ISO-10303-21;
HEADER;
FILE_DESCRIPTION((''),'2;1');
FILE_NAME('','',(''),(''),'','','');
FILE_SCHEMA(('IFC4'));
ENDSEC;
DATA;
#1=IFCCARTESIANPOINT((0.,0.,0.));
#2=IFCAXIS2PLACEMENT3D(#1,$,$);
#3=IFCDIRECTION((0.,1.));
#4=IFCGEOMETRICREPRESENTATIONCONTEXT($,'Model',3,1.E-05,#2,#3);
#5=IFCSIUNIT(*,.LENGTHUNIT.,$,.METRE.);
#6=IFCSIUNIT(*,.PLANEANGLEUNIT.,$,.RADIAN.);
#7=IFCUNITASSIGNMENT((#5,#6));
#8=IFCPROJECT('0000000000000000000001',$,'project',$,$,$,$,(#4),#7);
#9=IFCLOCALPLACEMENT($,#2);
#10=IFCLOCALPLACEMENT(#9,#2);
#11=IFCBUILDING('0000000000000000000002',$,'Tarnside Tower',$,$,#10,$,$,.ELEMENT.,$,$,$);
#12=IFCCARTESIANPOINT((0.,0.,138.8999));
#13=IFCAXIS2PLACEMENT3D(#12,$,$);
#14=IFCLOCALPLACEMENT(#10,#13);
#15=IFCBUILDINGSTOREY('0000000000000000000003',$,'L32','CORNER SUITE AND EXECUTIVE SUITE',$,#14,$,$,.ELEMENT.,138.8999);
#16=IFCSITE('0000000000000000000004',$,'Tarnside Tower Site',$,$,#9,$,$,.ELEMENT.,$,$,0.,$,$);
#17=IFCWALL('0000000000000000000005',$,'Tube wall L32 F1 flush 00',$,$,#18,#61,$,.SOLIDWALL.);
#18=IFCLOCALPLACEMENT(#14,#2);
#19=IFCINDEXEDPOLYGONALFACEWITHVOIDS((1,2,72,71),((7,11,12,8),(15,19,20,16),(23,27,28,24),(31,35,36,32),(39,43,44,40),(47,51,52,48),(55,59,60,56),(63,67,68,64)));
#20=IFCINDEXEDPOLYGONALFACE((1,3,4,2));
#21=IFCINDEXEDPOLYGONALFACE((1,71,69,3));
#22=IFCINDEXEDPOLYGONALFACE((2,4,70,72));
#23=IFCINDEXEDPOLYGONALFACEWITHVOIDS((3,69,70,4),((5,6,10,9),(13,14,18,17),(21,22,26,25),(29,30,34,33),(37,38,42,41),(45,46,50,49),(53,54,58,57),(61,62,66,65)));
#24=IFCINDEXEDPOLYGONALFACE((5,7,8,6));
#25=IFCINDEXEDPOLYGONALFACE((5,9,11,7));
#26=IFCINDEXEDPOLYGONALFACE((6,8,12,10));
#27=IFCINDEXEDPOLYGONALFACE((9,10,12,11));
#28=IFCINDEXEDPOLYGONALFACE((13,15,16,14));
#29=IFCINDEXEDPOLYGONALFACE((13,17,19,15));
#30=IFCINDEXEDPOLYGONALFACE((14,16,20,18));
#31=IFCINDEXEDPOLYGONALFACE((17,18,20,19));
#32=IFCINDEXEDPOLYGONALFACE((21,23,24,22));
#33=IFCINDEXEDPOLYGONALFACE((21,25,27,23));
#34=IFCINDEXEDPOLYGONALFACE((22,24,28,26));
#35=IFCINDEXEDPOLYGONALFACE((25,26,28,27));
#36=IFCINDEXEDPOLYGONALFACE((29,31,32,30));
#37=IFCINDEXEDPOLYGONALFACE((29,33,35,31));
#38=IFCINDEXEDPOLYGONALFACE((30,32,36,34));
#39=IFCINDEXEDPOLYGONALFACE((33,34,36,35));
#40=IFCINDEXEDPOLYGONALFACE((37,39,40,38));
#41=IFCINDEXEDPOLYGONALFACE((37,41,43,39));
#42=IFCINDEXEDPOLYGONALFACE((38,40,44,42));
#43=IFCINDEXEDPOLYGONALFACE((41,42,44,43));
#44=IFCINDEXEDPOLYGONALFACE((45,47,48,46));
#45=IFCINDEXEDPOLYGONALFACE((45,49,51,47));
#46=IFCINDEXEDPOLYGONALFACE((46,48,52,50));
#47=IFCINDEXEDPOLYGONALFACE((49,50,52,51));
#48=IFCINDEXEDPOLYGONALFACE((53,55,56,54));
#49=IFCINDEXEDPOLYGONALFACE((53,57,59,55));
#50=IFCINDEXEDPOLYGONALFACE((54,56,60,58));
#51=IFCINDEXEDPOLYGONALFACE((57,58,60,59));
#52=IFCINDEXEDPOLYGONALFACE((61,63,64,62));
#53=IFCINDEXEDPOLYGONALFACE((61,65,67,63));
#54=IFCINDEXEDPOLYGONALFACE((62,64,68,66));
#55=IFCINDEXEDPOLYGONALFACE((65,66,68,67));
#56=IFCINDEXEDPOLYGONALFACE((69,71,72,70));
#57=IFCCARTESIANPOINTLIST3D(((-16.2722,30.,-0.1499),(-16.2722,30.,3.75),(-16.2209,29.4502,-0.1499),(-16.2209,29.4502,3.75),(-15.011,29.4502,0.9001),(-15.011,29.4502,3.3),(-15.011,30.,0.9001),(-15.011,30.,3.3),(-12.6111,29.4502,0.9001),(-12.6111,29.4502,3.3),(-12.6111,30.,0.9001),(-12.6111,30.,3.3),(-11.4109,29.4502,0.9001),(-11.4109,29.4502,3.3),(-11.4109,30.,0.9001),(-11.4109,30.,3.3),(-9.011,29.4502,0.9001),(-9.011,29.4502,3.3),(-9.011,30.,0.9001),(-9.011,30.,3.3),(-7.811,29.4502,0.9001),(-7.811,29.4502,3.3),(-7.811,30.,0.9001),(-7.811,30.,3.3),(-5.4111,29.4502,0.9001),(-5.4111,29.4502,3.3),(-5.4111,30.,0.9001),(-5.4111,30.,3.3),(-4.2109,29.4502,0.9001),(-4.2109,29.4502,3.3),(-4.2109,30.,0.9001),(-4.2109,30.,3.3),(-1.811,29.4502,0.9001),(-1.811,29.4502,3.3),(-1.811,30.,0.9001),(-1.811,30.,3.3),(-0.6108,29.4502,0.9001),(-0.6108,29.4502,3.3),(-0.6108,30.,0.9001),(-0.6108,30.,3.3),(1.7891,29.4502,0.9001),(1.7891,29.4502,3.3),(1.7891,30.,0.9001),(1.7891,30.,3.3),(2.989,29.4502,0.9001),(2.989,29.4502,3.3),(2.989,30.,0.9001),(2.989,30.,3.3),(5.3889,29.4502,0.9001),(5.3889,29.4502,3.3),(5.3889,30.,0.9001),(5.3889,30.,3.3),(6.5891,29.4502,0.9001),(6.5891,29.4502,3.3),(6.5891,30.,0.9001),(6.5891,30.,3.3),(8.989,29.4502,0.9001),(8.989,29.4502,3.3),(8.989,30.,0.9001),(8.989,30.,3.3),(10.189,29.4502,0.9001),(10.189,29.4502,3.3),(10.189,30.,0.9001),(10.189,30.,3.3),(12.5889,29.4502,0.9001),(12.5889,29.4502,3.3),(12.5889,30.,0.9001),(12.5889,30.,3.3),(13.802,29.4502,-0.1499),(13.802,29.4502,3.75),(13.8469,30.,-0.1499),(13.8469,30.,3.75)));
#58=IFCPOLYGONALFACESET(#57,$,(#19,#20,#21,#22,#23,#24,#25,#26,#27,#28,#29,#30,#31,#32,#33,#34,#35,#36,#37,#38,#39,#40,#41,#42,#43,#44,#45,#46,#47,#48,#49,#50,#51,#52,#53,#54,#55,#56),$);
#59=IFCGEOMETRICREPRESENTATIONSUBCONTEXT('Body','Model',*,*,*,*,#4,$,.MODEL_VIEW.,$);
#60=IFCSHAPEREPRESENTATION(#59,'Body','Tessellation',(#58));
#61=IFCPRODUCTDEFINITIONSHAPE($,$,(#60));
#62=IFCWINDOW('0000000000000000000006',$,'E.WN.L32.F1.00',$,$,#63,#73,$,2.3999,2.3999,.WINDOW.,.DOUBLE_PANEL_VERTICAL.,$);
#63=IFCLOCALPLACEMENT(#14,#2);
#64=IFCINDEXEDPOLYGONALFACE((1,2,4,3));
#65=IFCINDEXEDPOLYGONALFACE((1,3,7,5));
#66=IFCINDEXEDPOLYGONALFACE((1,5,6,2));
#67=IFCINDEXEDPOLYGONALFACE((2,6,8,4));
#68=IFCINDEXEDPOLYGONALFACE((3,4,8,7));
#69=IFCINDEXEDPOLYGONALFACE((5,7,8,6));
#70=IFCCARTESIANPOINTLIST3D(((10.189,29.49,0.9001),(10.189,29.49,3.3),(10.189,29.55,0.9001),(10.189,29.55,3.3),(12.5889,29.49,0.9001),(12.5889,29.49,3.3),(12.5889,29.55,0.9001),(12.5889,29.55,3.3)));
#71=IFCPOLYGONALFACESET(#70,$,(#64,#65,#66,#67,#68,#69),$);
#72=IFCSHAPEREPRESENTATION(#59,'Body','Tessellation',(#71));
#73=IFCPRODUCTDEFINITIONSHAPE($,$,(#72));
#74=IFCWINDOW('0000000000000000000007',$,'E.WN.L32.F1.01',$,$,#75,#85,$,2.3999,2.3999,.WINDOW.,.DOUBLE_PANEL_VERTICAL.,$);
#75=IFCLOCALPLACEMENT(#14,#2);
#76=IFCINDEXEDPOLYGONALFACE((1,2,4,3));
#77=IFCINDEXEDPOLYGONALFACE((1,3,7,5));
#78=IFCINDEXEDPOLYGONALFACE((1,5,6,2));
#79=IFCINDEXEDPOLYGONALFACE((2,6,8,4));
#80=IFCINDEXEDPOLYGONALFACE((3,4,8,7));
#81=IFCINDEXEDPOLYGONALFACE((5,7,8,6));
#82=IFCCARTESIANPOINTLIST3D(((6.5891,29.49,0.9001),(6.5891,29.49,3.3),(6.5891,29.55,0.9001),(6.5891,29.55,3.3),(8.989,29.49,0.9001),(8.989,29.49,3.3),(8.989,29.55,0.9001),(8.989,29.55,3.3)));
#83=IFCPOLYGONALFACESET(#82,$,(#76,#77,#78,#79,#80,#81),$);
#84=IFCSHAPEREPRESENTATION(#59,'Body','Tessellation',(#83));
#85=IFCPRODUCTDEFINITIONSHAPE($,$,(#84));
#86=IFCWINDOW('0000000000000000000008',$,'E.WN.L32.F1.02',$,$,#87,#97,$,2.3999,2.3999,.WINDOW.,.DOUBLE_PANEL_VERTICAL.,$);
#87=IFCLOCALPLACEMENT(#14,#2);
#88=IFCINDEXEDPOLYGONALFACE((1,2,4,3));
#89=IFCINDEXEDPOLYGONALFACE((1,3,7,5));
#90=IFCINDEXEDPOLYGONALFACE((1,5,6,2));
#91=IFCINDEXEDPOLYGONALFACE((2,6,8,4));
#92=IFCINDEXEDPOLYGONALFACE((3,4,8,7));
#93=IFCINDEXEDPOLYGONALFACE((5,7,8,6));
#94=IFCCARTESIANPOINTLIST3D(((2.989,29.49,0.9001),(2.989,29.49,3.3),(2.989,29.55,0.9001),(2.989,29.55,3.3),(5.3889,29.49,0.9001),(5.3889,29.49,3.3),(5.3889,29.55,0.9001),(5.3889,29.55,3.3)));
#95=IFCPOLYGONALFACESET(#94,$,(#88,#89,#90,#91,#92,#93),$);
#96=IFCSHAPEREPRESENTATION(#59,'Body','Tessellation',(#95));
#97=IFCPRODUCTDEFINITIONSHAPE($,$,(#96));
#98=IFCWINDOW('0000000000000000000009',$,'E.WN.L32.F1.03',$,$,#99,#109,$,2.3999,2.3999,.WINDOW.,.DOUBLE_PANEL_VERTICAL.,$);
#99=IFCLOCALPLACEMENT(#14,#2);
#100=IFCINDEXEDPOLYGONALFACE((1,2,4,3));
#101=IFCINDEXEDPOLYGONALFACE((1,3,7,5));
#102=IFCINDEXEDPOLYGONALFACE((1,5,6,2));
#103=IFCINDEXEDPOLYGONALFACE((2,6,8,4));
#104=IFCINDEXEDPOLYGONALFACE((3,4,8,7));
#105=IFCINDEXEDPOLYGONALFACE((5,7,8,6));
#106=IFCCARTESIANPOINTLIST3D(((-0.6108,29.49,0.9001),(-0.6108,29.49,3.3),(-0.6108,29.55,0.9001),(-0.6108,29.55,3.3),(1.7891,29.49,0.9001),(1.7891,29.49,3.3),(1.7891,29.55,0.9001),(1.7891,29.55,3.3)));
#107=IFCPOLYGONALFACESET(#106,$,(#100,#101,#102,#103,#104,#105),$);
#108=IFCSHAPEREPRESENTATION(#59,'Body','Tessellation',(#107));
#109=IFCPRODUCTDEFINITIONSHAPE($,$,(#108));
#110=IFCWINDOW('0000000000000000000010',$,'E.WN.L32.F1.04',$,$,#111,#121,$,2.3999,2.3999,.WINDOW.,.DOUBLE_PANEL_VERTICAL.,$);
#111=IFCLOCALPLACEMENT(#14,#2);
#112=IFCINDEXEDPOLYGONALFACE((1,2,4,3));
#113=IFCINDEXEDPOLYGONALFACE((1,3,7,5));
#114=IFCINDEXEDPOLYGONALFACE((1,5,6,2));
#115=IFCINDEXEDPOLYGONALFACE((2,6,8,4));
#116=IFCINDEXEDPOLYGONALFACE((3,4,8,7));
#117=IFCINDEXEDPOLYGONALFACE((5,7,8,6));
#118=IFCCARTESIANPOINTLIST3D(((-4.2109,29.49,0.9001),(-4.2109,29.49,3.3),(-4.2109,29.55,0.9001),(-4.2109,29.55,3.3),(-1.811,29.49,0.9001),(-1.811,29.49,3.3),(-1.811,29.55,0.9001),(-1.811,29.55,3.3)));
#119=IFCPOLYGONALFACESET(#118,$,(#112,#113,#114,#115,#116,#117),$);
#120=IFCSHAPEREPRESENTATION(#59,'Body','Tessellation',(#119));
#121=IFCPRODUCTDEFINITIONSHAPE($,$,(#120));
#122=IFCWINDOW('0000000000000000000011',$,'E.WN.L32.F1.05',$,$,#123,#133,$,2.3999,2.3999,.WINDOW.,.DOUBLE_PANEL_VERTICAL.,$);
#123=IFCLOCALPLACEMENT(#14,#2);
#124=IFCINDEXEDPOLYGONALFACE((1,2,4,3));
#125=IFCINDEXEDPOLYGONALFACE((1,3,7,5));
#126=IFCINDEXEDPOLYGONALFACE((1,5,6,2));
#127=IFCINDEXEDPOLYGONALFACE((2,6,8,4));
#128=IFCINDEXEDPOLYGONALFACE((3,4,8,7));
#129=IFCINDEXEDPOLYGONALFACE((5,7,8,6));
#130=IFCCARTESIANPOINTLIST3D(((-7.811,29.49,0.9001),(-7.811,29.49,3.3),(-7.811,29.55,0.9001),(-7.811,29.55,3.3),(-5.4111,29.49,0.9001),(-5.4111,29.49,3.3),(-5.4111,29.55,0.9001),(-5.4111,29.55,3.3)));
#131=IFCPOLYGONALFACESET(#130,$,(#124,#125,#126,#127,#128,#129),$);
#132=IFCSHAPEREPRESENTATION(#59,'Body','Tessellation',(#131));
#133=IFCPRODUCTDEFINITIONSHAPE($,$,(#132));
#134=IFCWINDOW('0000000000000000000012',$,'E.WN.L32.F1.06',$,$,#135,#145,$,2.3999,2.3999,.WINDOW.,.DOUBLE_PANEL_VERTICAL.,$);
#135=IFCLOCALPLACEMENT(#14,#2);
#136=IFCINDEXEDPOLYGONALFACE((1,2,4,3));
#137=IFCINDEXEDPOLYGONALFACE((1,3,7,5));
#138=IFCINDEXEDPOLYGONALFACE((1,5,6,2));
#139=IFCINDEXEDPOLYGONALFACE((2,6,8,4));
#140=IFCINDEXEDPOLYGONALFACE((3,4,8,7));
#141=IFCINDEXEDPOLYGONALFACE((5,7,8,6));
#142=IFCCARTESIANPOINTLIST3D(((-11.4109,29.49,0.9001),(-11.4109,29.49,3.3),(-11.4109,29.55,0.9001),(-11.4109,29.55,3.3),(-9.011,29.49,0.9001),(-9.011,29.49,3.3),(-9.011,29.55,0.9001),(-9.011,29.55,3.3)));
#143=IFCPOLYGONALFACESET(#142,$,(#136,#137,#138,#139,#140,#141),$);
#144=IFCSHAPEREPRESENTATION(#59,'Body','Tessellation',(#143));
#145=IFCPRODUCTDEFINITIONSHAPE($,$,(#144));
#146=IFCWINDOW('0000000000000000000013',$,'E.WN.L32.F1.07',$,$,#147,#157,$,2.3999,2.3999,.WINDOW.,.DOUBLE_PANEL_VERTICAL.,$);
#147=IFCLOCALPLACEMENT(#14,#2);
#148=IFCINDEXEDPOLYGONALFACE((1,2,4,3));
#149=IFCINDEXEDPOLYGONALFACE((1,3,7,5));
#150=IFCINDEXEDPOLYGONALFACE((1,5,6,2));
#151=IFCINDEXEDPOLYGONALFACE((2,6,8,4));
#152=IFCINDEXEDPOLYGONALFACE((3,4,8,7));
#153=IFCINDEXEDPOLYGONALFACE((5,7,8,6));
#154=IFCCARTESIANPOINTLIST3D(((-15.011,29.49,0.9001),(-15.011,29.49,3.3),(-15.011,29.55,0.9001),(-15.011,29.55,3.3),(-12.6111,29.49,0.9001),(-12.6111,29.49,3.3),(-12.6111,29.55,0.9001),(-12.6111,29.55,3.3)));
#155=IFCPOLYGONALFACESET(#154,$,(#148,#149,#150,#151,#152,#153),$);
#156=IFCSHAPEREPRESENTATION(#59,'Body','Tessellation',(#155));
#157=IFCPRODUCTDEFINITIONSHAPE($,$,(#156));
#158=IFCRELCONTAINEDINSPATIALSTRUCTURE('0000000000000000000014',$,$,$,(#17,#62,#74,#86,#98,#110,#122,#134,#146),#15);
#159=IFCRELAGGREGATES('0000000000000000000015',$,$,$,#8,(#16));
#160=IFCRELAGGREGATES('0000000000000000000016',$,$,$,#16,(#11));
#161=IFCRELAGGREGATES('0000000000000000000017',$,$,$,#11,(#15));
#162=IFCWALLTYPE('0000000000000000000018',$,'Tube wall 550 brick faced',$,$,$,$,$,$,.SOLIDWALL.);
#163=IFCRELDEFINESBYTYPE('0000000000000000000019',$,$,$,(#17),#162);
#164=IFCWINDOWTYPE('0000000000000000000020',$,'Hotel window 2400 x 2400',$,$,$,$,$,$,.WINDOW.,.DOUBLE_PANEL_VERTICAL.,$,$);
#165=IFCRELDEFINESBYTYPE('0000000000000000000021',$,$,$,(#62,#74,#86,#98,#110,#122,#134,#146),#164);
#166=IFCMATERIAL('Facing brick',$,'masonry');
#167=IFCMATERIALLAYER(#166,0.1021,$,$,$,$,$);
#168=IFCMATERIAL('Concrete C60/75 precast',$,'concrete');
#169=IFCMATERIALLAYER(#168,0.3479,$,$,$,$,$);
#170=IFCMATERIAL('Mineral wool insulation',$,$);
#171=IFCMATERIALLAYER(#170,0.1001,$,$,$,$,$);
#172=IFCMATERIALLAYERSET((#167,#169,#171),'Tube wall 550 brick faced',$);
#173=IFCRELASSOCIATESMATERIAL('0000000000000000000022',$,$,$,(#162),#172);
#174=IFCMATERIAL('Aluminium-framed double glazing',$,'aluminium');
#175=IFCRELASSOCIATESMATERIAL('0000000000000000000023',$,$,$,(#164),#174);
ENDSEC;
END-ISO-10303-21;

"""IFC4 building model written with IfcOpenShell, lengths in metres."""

from ifc_helpers import new_model, si_unit, direction, frame, frame_2d, origin, place, context, subcontext, project, spatial, polyline, rectangle, outline, extrude, material, layer, layer_set, type_object, element, fill, save


model = new_model("IFC4")

# Units and contexts
model_context = context("Model", 3, precision=1e-05, world=origin(), true_north=direction((0.0, 1.0)))
body_context = subcontext(model_context, "Body", "Model", "MODEL_VIEW")
ifc_project = project(units=[si_unit("LENGTHUNIT", "METRE"), si_unit("PLANEANGLEUNIT", "RADIAN")], contexts=[model_context])

# Site, building, storey
site_placement = place(None, origin())
site = spatial("IfcSite", under=ifc_project, at=site_placement, Name="Tarnside Tower Site", CompositionType="ELEMENT", RefElevation=0.0)
building_placement = place(site_placement, origin())
building = spatial("IfcBuilding", under=site, at=building_placement, Name="Tarnside Tower", CompositionType="ELEMENT")
storey_placement = place(building_placement, frame((0.0, 0.0, 138.8999)))
storey = spatial("IfcBuildingStorey", under=building, at=storey_placement, Name="L32", Description="CORNER SUITE AND EXECUTIVE SUITE", CompositionType="ELEMENT", Elevation=138.8999)

# Wall, openings, windows
ifc_material_1 = material(Name="Facing brick", Category="masonry")
ifc_layer_1 = layer(ifc_material_1, 0.1021)
ifc_material_2 = material(Name="Concrete C60/75 precast", Category="concrete")
ifc_layer_2 = layer(ifc_material_2, 0.3479)
ifc_material_3 = material(Name="Mineral wool insulation")
ifc_layer_3 = layer(ifc_material_3, 0.1001)
ifc_layer_set_1 = layer_set([ifc_layer_1, ifc_layer_2, ifc_layer_3], Name="Tube wall 550 brick faced")
wall_type_1 = type_object("IfcWallType", Name="Tube wall 550 brick faced", PredefinedType="SOLIDWALL", material=ifc_layer_set_1)
wall_1_placement = place(storey_placement, frame((13.8245, 29.7251, -0.1499), z_axis=(0.0, 0.0, 1.0), x_axis=(-1.0, 0.0, 0.0)))
wall_1 = element("IfcWall", 1, at=wall_1_placement, inside=storey, type_object=wall_type_1, Name="Tube wall L32 F1 flush 00", PredefinedType="SOLIDWALL", context=body_context, shape_type="SweptSolid", body=[
    extrude(outline(polyline([(-0.0225, -0.2749), (30.0967, -0.2749), (30.0454, 0.2749), (0.0225, 0.2749), (-0.0225, -0.2749)])), origin(), (0.0, 0.0, 1.0), 3.8999),
])
opening_1_placement = place(wall_1_placement, frame((1.2356, 0.0, 1.05)))
opening_1 = element("IfcOpeningElement", 2, at=opening_1_placement, cuts=wall_1, PredefinedType="OPENING", context=body_context, shape_type="SweptSolid", body=[
    extrude(rectangle(XDim=2.3999, YDim=2.3999, at=frame_2d((1.2, 1.2))), frame((0.0, 0.2852, 0.0), z_axis=(0.0, -1.0, 0.0), x_axis=(1.0, 0.0, 0.0)), (0.0, 0.0, 1.0), 0.5701),
])
opening_2_placement = place(wall_1_placement, frame((4.8354, 0.0, 1.05)))
opening_2 = element("IfcOpeningElement", 3, at=opening_2_placement, cuts=wall_1, PredefinedType="OPENING", context=body_context, shape_type="SweptSolid", body=[
    extrude(rectangle(XDim=2.3999, YDim=2.3999, at=frame_2d((1.2, 1.2))), frame((0.0, 0.2852, 0.0), z_axis=(0.0, -1.0, 0.0), x_axis=(1.0, 0.0, 0.0)), (0.0, 0.0, 1.0), 0.5701),
])
opening_3_placement = place(wall_1_placement, frame((8.4355, 0.0, 1.05)))
opening_3 = element("IfcOpeningElement", 4, at=opening_3_placement, cuts=wall_1, PredefinedType="OPENING", context=body_context, shape_type="SweptSolid", body=[
    extrude(rectangle(XDim=2.3999, YDim=2.3999, at=frame_2d((1.2, 1.2))), frame((0.0, 0.2852, 0.0), z_axis=(0.0, -1.0, 0.0), x_axis=(1.0, 0.0, 0.0)), (0.0, 0.0, 1.0), 0.5701),
])
opening_4_placement = place(wall_1_placement, frame((12.0354, 0.0, 1.05)))
opening_4 = element("IfcOpeningElement", 5, at=opening_4_placement, cuts=wall_1, PredefinedType="OPENING", context=body_context, shape_type="SweptSolid", body=[
    extrude(rectangle(XDim=2.3999, YDim=2.3999, at=frame_2d((1.2, 1.2))), frame((0.0, 0.2852, 0.0), z_axis=(0.0, -1.0, 0.0), x_axis=(1.0, 0.0, 0.0)), (0.0, 0.0, 1.0), 0.5701),
])
opening_5_placement = place(wall_1_placement, frame((15.6355, 0.0, 1.05)))
opening_5 = element("IfcOpeningElement", 6, at=opening_5_placement, cuts=wall_1, PredefinedType="OPENING", context=body_context, shape_type="SweptSolid", body=[
    extrude(rectangle(XDim=2.3999, YDim=2.3999, at=frame_2d((1.2, 1.2))), frame((0.0, 0.2852, 0.0), z_axis=(0.0, -1.0, 0.0), x_axis=(1.0, 0.0, 0.0)), (0.0, 0.0, 1.0), 0.5701),
])
opening_6_placement = place(wall_1_placement, frame((19.2356, 0.0, 1.05)))
opening_6 = element("IfcOpeningElement", 7, at=opening_6_placement, cuts=wall_1, PredefinedType="OPENING", context=body_context, shape_type="SweptSolid", body=[
    extrude(rectangle(XDim=2.3999, YDim=2.3999, at=frame_2d((1.2, 1.2))), frame((0.0, 0.2852, 0.0), z_axis=(0.0, -1.0, 0.0), x_axis=(1.0, 0.0, 0.0)), (0.0, 0.0, 1.0), 0.5701),
])
opening_7_placement = place(wall_1_placement, frame((22.8354, 0.0, 1.05)))
opening_7 = element("IfcOpeningElement", 8, at=opening_7_placement, cuts=wall_1, PredefinedType="OPENING", context=body_context, shape_type="SweptSolid", body=[
    extrude(rectangle(XDim=2.3999, YDim=2.3999, at=frame_2d((1.2, 1.2))), frame((0.0, 0.2852, 0.0), z_axis=(0.0, -1.0, 0.0), x_axis=(1.0, 0.0, 0.0)), (0.0, 0.0, 1.0), 0.5701),
])
opening_8_placement = place(wall_1_placement, frame((26.4355, 0.0, 1.05)))
opening_8 = element("IfcOpeningElement", 9, at=opening_8_placement, cuts=wall_1, PredefinedType="OPENING", context=body_context, shape_type="SweptSolid", body=[
    extrude(rectangle(XDim=2.3999, YDim=2.3999, at=frame_2d((1.2, 1.2))), frame((0.0, 0.2852, 0.0), z_axis=(0.0, -1.0, 0.0), x_axis=(1.0, 0.0, 0.0)), (0.0, 0.0, 1.0), 0.5701),
])
ifc_material_4 = material(Name="Aluminium-framed double glazing", Category="aluminium")
window_type = type_object("IfcWindowType", Name="Hotel window 2400 x 2400", PartitioningType="DOUBLE_PANEL_VERTICAL", PredefinedType="WINDOW", material=ifc_material_4)
window_1_placement = place(opening_1_placement, frame((0.0, 0.2051, 0.0)))
window_1 = element("IfcWindow", 10, at=window_1_placement, inside=storey, type_object=window_type, Name="E.WN.L32.F1.00", OverallHeight=2.3999, OverallWidth=2.3999, PartitioningType="DOUBLE_PANEL_VERTICAL", PredefinedType="WINDOW", context=body_context, shape_type="SweptSolid", body=[
    extrude(rectangle(XDim=2.3999, YDim=2.3999, at=frame_2d((1.2, 1.2))), frame((0.0, 0.03, 0.0), z_axis=(0.0, -1.0, 0.0), x_axis=(1.0, 0.0, 0.0)), (0.0, 0.0, 1.0), 0.0601),
])
fill(opening_1, window_1)
window_2_placement = place(opening_2_placement, frame((0.0, 0.2051, 0.0)))
window_2 = element("IfcWindow", 11, at=window_2_placement, inside=storey, type_object=window_type, Name="E.WN.L32.F1.01", OverallHeight=2.3999, OverallWidth=2.3999, PartitioningType="DOUBLE_PANEL_VERTICAL", PredefinedType="WINDOW", context=body_context, shape_type="SweptSolid", body=[
    extrude(rectangle(XDim=2.3999, YDim=2.3999, at=frame_2d((1.2, 1.2))), frame((0.0, 0.03, 0.0), z_axis=(0.0, -1.0, 0.0), x_axis=(1.0, 0.0, 0.0)), (0.0, 0.0, 1.0), 0.0601),
])
fill(opening_2, window_2)
window_3_placement = place(opening_3_placement, frame((0.0, 0.2051, 0.0)))
window_3 = element("IfcWindow", 12, at=window_3_placement, inside=storey, type_object=window_type, Name="E.WN.L32.F1.02", OverallHeight=2.3999, OverallWidth=2.3999, PartitioningType="DOUBLE_PANEL_VERTICAL", PredefinedType="WINDOW", context=body_context, shape_type="SweptSolid", body=[
    extrude(rectangle(XDim=2.3999, YDim=2.3999, at=frame_2d((1.2, 1.2))), frame((0.0, 0.03, 0.0), z_axis=(0.0, -1.0, 0.0), x_axis=(1.0, 0.0, 0.0)), (0.0, 0.0, 1.0), 0.0601),
])
fill(opening_3, window_3)
window_4_placement = place(opening_4_placement, frame((0.0, 0.2051, 0.0)))
window_4 = element("IfcWindow", 13, at=window_4_placement, inside=storey, type_object=window_type, Name="E.WN.L32.F1.03", OverallHeight=2.3999, OverallWidth=2.3999, PartitioningType="DOUBLE_PANEL_VERTICAL", PredefinedType="WINDOW", context=body_context, shape_type="SweptSolid", body=[
    extrude(rectangle(XDim=2.3999, YDim=2.3999, at=frame_2d((1.2, 1.2))), frame((0.0, 0.03, 0.0), z_axis=(0.0, -1.0, 0.0), x_axis=(1.0, 0.0, 0.0)), (0.0, 0.0, 1.0), 0.0601),
])
fill(opening_4, window_4)
window_5_placement = place(opening_5_placement, frame((0.0, 0.2051, 0.0)))
window_5 = element("IfcWindow", 14, at=window_5_placement, inside=storey, type_object=window_type, Name="E.WN.L32.F1.04", OverallHeight=2.3999, OverallWidth=2.3999, PartitioningType="DOUBLE_PANEL_VERTICAL", PredefinedType="WINDOW", context=body_context, shape_type="SweptSolid", body=[
    extrude(rectangle(XDim=2.3999, YDim=2.3999, at=frame_2d((1.2, 1.2))), frame((0.0, 0.03, 0.0), z_axis=(0.0, -1.0, 0.0), x_axis=(1.0, 0.0, 0.0)), (0.0, 0.0, 1.0), 0.0601),
])
fill(opening_5, window_5)
window_6_placement = place(opening_6_placement, frame((0.0, 0.2051, 0.0)))
window_6 = element("IfcWindow", 15, at=window_6_placement, inside=storey, type_object=window_type, Name="E.WN.L32.F1.05", OverallHeight=2.3999, OverallWidth=2.3999, PartitioningType="DOUBLE_PANEL_VERTICAL", PredefinedType="WINDOW", context=body_context, shape_type="SweptSolid", body=[
    extrude(rectangle(XDim=2.3999, YDim=2.3999, at=frame_2d((1.2, 1.2))), frame((0.0, 0.03, 0.0), z_axis=(0.0, -1.0, 0.0), x_axis=(1.0, 0.0, 0.0)), (0.0, 0.0, 1.0), 0.0601),
])
fill(opening_6, window_6)
window_7_placement = place(opening_7_placement, frame((0.0, 0.2051, 0.0)))
window_7 = element("IfcWindow", 16, at=window_7_placement, inside=storey, type_object=window_type, Name="E.WN.L32.F1.06", OverallHeight=2.3999, OverallWidth=2.3999, PartitioningType="DOUBLE_PANEL_VERTICAL", PredefinedType="WINDOW", context=body_context, shape_type="SweptSolid", body=[
    extrude(rectangle(XDim=2.3999, YDim=2.3999, at=frame_2d((1.2, 1.2))), frame((0.0, 0.03, 0.0), z_axis=(0.0, -1.0, 0.0), x_axis=(1.0, 0.0, 0.0)), (0.0, 0.0, 1.0), 0.0601),
])
fill(opening_7, window_7)
window_8_placement = place(opening_8_placement, frame((0.0, 0.2051, 0.0)))
window_8 = element("IfcWindow", 17, at=window_8_placement, inside=storey, type_object=window_type, Name="E.WN.L32.F1.07", OverallHeight=2.3999, OverallWidth=2.3999, PartitioningType="DOUBLE_PANEL_VERTICAL", PredefinedType="WINDOW", context=body_context, shape_type="SweptSolid", body=[
    extrude(rectangle(XDim=2.3999, YDim=2.3999, at=frame_2d((1.2, 1.2))), frame((0.0, 0.03, 0.0), z_axis=(0.0, -1.0, 0.0), x_axis=(1.0, 0.0, 0.0)), (0.0, 0.0, 1.0), 0.0601),
])
fill(opening_8, window_8)

save(model, "model.ifc")
